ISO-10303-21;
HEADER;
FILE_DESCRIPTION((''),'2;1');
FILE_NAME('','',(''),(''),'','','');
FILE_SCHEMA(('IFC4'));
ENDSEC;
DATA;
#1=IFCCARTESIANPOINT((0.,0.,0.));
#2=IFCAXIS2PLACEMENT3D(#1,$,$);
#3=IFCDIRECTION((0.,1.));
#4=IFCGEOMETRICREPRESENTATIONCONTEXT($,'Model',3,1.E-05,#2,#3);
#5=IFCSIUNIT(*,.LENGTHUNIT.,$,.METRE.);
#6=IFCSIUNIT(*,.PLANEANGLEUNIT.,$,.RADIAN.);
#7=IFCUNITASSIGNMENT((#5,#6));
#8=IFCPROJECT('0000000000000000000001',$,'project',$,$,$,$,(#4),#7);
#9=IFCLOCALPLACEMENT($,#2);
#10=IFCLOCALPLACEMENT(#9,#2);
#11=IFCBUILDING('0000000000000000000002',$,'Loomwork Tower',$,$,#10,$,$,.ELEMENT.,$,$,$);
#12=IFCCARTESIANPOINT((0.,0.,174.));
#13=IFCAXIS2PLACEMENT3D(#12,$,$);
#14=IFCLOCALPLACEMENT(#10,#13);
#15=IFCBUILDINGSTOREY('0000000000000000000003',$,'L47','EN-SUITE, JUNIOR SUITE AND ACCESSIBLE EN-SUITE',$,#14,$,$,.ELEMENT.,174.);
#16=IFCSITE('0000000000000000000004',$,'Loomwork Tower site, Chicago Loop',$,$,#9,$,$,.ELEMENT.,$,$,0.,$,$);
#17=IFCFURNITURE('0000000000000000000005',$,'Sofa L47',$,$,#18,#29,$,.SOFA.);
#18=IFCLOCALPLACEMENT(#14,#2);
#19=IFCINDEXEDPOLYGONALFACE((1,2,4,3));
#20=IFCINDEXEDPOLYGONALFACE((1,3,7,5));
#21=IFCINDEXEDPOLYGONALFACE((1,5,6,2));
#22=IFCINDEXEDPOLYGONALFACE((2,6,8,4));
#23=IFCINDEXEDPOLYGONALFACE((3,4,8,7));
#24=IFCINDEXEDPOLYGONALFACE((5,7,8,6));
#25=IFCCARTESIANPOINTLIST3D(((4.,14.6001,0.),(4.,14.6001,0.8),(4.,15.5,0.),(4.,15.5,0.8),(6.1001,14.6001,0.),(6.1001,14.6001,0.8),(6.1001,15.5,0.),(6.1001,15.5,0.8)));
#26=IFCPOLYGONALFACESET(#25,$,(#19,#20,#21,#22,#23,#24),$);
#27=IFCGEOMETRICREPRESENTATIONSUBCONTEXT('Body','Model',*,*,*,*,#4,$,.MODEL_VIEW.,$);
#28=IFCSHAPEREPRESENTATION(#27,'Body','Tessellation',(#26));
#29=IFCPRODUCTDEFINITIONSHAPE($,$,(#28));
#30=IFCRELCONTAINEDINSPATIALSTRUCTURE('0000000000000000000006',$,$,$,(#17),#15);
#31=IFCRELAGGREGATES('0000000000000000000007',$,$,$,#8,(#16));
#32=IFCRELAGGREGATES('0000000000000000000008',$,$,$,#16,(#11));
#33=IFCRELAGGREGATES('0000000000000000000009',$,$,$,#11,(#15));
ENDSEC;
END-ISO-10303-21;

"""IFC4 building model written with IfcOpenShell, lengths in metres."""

from ifc_helpers import new_model, si_unit, direction, frame, origin, origin_2d, place, context, subcontext, project, spatial, rectangle, extrude, element, save


model = new_model("IFC4")

# Units and contexts
model_context = context("Model", 3, precision=1e-05, world=origin(), true_north=direction((0.0, 1.0)))
body_context = subcontext(model_context, "Body", "Model", "MODEL_VIEW")
ifc_project = project(units=[si_unit("LENGTHUNIT", "METRE"), si_unit("PLANEANGLEUNIT", "RADIAN")], contexts=[model_context])

# Site, building, storey
site_placement = place(None, origin())
site = spatial("IfcSite", under=ifc_project, at=site_placement, Name="Loomwork Tower site, Chicago Loop", CompositionType="ELEMENT", RefElevation=0.0)
building_placement = place(site_placement, origin())
building = spatial("IfcBuilding", under=site, at=building_placement, Name="Loomwork Tower", CompositionType="ELEMENT")
storey_placement = place(building_placement, frame((0.0, 0.0, 174.0)))
storey = spatial("IfcBuildingStorey", under=building, at=storey_placement, Name="L47", Description="EN-SUITE, JUNIOR SUITE AND ACCESSIBLE EN-SUITE", CompositionType="ELEMENT", Elevation=174.0)

# Furniture
furniture_1_placement = place(storey_placement, frame((5.05, 15.05, 0.0), z_axis=(0.0, 0.0, 1.0), x_axis=(1.0, 0.0, 0.0)))
element("IfcFurniture", 1, at=furniture_1_placement, inside=storey, Name="Sofa L47", PredefinedType="SOFA", context=body_context, shape_type="SweptSolid", body=[
    extrude(rectangle(XDim=2.1001, YDim=0.8999, at=origin_2d()), origin(), (0.0, 0.0, 1.0), 0.8),
])

save(model, "model.ifc")
